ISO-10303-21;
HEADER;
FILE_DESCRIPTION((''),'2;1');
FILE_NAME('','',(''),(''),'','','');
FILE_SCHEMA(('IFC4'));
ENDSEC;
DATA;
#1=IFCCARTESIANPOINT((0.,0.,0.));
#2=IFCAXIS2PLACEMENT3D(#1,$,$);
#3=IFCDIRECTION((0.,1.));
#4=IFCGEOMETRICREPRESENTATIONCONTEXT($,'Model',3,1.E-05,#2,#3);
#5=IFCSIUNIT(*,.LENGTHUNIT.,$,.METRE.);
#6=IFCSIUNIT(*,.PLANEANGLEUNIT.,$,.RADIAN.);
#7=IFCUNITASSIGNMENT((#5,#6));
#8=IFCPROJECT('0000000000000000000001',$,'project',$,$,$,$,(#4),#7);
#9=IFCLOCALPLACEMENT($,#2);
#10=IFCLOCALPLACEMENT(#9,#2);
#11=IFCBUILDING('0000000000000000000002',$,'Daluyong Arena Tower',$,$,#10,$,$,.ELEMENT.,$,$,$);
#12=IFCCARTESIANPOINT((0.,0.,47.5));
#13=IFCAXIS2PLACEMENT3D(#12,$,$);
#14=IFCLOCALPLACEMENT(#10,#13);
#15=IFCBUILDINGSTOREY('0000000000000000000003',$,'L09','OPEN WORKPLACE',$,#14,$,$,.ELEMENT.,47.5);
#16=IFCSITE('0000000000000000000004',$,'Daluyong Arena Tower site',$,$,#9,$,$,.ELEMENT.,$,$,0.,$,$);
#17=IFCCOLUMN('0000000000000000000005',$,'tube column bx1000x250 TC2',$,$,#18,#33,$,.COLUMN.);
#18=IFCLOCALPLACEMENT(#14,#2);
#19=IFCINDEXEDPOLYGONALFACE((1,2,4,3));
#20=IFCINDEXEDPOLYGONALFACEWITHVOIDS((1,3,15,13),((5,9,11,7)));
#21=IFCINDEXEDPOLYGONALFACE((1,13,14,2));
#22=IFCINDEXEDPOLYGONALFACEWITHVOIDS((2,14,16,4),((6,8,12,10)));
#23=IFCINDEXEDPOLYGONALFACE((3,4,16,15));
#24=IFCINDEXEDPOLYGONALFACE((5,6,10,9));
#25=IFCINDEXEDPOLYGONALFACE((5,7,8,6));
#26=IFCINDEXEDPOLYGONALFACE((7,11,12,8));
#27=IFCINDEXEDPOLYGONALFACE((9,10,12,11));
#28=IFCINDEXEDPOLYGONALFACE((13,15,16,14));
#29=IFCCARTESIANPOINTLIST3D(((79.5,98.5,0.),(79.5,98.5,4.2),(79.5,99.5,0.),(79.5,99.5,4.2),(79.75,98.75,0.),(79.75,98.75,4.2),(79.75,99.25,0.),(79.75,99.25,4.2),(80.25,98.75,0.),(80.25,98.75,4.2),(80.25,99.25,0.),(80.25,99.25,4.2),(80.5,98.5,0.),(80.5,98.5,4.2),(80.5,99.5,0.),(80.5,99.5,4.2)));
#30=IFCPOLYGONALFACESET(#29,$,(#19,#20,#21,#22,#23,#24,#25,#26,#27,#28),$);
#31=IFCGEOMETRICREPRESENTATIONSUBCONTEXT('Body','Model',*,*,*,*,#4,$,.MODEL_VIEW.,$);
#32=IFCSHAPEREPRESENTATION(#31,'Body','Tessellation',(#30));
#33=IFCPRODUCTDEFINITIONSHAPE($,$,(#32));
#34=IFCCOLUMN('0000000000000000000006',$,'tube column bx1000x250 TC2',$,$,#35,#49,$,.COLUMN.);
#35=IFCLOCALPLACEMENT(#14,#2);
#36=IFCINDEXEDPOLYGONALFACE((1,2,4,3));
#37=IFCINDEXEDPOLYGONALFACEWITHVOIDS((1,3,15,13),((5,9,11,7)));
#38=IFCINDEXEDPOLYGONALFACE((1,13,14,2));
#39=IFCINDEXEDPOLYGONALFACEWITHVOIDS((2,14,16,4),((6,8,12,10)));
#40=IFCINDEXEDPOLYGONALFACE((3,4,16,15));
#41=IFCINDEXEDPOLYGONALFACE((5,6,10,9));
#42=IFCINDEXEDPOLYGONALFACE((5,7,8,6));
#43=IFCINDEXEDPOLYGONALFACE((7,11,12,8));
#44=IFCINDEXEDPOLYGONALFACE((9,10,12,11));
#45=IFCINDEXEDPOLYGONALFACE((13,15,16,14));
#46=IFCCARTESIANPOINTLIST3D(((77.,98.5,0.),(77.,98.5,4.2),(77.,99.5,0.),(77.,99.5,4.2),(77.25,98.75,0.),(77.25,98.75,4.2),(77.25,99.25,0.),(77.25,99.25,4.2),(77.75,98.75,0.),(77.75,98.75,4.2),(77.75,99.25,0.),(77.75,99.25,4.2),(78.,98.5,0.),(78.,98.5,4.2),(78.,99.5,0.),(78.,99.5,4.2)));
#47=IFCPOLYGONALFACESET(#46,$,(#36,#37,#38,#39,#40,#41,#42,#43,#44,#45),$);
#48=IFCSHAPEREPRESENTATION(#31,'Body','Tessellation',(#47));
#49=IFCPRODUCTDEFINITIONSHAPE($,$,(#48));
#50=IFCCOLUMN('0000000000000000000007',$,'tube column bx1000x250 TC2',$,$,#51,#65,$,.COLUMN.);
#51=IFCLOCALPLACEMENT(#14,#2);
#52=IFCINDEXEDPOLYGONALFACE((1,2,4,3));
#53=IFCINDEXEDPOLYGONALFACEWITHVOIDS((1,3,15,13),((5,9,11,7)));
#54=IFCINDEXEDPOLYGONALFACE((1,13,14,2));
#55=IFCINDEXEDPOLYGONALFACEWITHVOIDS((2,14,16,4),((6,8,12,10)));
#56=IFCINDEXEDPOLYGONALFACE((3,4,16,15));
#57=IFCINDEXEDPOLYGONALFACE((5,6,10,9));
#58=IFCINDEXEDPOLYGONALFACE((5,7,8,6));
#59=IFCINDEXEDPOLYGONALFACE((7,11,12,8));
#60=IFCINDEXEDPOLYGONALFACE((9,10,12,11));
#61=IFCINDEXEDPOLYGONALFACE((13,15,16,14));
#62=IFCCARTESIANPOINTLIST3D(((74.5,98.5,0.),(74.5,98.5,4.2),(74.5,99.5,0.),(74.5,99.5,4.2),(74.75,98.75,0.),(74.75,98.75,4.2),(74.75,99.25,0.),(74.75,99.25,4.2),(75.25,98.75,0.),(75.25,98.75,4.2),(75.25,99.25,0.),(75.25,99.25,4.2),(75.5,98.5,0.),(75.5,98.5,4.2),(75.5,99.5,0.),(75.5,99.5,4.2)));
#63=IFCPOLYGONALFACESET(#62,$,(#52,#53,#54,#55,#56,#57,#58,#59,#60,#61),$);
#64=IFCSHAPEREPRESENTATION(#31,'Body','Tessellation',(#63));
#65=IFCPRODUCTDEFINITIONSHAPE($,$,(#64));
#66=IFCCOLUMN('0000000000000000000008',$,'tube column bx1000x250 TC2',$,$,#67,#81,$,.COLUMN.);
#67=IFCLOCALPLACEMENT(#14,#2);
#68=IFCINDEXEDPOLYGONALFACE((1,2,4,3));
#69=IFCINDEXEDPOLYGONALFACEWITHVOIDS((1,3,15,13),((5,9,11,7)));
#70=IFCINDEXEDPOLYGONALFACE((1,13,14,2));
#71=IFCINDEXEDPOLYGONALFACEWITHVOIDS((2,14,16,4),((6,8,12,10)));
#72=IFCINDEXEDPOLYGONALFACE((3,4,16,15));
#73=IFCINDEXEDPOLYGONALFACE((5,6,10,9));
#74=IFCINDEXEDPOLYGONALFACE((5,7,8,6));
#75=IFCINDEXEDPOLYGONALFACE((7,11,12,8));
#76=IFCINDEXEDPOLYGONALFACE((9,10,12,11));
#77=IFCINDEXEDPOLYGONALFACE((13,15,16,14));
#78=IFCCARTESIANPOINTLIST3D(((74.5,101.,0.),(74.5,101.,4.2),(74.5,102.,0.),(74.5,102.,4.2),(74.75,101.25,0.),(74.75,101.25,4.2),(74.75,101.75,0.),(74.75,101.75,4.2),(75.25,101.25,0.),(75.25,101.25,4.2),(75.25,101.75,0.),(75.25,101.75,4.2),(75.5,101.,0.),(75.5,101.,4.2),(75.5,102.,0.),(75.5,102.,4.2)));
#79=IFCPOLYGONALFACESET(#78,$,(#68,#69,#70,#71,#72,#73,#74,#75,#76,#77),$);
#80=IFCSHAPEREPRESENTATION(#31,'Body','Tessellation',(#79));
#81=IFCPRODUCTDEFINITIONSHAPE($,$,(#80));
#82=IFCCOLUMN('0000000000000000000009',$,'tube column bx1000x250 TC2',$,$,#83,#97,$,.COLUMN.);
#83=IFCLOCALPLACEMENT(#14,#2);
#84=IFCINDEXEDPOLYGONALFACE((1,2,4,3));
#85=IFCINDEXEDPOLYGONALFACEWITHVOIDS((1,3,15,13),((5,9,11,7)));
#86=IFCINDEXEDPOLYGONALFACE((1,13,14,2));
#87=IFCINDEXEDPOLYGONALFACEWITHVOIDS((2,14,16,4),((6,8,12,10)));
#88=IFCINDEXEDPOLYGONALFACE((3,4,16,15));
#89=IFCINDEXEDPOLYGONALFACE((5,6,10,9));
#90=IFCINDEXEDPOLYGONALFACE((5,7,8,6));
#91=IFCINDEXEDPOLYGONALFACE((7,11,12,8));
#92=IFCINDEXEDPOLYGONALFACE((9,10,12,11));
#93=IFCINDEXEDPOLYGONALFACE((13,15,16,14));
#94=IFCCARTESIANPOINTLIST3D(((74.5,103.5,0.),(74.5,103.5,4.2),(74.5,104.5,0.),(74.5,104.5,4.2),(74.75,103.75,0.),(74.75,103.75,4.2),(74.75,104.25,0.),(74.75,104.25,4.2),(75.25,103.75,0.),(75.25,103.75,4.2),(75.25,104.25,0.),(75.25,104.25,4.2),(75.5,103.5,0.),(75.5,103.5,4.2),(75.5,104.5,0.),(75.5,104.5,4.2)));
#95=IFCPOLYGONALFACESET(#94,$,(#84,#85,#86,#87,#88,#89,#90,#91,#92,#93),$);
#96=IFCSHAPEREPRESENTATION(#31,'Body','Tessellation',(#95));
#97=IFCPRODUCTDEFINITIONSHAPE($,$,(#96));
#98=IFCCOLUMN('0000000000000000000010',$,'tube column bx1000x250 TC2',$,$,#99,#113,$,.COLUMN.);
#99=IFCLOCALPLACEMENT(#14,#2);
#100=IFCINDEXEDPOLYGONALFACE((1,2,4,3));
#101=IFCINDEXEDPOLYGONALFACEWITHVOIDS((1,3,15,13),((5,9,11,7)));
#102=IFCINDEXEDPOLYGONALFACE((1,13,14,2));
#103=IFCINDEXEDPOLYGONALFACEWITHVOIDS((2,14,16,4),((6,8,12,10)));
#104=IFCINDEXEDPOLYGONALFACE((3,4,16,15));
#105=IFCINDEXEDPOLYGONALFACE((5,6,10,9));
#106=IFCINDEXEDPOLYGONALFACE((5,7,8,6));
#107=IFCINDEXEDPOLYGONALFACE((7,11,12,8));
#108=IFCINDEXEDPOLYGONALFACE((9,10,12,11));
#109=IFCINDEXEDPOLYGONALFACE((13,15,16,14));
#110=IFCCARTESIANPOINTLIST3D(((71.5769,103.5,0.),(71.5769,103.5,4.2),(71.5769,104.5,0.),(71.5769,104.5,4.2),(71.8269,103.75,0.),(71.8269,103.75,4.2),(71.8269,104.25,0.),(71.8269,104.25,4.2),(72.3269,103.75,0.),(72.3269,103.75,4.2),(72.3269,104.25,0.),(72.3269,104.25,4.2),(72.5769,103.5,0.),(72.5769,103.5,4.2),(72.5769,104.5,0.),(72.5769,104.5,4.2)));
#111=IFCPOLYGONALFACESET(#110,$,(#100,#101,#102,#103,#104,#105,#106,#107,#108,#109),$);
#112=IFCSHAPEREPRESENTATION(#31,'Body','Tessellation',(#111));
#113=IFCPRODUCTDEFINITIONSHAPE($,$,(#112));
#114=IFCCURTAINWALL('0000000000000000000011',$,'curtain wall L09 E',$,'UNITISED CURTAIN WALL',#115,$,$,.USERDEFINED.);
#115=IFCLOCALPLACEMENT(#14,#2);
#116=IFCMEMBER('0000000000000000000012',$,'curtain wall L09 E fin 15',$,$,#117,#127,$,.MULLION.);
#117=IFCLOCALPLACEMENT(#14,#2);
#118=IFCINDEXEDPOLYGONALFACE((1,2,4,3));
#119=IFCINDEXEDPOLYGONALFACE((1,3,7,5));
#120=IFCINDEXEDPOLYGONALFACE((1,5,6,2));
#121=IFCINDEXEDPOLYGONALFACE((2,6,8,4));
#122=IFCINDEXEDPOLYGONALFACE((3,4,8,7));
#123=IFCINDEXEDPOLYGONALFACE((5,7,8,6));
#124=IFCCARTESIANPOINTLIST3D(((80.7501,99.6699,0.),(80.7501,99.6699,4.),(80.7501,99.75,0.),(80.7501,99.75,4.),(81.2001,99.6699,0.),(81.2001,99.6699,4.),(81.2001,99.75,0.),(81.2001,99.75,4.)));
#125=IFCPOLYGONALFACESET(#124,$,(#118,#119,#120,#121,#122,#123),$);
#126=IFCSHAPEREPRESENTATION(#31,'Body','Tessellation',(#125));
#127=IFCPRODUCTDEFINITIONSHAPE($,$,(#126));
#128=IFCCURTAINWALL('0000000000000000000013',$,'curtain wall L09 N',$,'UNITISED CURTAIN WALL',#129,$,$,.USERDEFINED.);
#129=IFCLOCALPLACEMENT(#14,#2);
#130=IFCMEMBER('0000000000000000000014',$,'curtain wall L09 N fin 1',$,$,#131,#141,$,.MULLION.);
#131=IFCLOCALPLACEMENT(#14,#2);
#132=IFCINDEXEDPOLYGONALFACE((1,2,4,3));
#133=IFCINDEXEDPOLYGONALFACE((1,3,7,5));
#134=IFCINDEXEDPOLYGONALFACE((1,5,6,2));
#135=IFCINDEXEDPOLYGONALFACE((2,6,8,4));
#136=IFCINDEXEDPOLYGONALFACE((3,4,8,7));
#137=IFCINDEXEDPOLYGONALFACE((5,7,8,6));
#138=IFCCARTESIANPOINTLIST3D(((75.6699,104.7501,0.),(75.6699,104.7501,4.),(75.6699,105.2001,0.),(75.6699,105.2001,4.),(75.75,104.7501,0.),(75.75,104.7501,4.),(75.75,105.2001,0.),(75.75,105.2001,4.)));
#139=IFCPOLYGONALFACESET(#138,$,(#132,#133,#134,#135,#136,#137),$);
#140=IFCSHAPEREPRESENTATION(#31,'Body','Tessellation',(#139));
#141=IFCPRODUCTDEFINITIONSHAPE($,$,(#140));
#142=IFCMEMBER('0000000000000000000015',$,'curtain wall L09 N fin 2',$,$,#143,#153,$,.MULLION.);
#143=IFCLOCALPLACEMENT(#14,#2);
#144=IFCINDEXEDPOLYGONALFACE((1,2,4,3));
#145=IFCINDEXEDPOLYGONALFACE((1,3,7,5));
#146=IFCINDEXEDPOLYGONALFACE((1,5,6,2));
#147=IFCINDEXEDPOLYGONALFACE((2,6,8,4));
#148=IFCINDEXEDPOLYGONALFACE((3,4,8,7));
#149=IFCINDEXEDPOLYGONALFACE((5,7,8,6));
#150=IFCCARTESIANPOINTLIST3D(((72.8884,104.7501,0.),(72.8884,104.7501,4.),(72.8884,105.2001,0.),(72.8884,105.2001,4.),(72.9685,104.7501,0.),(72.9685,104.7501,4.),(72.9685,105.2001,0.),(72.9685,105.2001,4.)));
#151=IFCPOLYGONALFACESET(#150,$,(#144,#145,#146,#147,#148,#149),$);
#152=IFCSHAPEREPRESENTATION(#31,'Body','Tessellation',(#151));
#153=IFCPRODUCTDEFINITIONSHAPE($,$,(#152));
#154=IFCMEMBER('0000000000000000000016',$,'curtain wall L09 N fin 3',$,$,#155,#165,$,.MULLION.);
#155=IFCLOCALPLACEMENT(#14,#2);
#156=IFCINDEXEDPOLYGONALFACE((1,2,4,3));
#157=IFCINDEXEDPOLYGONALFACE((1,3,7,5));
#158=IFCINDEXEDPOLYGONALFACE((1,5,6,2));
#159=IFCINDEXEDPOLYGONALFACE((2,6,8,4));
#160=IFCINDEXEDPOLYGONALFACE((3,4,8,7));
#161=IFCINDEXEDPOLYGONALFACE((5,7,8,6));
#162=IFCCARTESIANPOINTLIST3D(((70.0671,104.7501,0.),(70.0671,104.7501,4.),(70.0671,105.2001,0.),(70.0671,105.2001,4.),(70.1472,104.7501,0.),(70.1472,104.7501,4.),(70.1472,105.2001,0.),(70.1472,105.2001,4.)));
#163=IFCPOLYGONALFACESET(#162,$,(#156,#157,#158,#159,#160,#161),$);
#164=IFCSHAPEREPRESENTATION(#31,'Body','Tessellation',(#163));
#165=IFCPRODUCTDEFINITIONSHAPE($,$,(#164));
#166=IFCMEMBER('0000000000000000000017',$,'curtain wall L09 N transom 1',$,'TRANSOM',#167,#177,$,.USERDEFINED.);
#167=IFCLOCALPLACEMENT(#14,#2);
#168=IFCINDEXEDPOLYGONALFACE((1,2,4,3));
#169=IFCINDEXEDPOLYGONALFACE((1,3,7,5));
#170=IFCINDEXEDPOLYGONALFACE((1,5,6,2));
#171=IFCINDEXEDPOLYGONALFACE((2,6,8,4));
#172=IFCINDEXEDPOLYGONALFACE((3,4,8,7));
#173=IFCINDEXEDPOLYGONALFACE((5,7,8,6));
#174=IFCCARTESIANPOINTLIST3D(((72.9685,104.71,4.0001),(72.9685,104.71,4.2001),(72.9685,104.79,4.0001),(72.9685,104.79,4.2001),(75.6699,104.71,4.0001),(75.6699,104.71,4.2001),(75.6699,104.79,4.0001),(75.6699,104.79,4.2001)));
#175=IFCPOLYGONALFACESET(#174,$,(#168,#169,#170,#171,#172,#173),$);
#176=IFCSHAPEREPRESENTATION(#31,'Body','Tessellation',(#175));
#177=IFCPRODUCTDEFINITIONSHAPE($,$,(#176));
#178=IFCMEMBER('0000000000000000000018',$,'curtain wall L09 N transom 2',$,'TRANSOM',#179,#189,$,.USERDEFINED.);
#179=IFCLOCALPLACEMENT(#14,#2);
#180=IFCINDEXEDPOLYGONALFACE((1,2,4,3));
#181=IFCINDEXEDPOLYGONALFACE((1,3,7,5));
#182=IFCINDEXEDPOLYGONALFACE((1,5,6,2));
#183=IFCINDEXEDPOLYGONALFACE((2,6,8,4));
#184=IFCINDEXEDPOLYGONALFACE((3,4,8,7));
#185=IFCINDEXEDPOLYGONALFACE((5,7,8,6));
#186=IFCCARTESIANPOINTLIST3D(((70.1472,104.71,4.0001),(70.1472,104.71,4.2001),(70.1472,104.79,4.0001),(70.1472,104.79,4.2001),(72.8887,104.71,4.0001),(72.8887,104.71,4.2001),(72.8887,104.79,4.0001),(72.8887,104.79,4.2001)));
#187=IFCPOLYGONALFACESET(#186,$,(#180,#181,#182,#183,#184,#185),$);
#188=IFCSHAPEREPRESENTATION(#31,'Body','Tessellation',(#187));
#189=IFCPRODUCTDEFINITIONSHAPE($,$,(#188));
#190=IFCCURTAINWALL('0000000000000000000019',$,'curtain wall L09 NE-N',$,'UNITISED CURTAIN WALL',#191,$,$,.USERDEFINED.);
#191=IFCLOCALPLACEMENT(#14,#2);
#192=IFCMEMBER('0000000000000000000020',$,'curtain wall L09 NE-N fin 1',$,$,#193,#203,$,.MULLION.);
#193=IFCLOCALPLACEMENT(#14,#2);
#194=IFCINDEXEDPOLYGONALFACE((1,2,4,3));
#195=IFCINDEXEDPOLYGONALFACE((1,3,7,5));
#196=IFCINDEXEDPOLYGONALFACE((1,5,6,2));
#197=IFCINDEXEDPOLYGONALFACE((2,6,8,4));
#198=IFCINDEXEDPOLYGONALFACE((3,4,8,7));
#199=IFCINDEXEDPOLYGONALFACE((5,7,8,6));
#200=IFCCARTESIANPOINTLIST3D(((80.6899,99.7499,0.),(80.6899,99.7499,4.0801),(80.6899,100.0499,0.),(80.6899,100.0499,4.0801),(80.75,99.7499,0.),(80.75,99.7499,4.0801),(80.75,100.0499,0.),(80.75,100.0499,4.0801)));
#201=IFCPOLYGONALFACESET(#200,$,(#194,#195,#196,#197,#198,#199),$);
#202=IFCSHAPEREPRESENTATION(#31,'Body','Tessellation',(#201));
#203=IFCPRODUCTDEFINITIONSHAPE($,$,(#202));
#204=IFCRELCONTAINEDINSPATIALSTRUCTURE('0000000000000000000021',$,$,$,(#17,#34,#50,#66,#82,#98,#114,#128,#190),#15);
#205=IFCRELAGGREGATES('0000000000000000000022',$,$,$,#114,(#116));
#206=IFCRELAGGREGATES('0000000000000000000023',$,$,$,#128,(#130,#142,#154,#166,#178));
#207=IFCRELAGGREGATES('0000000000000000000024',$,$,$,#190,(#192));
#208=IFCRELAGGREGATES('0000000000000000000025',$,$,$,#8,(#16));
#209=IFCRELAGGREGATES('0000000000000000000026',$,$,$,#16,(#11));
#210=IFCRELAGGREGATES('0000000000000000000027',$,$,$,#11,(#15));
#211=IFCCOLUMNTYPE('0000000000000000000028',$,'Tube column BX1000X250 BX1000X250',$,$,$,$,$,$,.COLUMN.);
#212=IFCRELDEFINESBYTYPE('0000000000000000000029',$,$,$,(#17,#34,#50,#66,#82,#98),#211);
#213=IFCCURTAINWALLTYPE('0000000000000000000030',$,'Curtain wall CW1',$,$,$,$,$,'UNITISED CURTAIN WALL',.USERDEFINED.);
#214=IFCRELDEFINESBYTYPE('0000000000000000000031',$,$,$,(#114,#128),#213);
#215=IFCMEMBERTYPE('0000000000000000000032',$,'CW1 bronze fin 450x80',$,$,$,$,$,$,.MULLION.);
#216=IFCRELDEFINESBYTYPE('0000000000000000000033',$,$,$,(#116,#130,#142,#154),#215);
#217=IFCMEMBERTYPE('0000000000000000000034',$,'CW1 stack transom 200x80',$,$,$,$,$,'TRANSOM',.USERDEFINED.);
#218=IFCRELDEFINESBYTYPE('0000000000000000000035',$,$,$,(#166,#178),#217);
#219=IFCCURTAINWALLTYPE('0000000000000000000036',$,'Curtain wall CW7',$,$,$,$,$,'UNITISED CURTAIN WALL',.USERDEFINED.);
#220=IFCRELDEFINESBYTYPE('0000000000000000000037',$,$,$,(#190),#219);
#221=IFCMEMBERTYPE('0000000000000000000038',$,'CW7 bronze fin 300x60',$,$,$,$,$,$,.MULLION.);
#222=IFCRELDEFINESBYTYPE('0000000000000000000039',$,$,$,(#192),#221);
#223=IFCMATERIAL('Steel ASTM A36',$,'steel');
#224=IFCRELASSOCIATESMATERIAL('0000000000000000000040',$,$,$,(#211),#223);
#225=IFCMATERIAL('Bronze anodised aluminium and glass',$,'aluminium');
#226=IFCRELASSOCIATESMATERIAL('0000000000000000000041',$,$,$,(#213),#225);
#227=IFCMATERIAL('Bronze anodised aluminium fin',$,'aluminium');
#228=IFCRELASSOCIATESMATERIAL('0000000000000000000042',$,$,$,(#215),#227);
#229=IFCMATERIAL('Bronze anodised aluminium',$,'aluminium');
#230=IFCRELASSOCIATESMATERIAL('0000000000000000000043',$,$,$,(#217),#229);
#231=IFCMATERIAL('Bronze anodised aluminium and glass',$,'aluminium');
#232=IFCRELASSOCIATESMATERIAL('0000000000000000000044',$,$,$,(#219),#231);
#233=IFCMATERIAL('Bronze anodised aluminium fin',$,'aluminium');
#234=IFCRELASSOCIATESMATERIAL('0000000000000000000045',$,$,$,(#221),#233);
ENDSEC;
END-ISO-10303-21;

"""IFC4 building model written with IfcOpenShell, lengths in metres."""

from ifc_helpers import new_model, si_unit, direction, frame, origin, origin_2d, place, context, subcontext, project, spatial, rectangle, hollow_rectangle, extrude, material, material_profile, profile_set, type_object, element, aggregate, save


model = new_model("IFC4")

# Units and contexts
model_context = context("Model", 3, precision=1e-05, world=origin(), true_north=direction((0.0, 1.0)))
body_context = subcontext(model_context, "Body", "Model", "MODEL_VIEW")
ifc_project = project(units=[si_unit("LENGTHUNIT", "METRE"), si_unit("PLANEANGLEUNIT", "RADIAN")], contexts=[model_context])

# Site, building, storey
site_placement = place(None, origin())
site = spatial("IfcSite", under=ifc_project, at=site_placement, Name="Daluyong Arena Tower site", CompositionType="ELEMENT", RefElevation=0.0)
building_placement = place(site_placement, origin())
building = spatial("IfcBuilding", under=site, at=building_placement, Name="Daluyong Arena Tower", CompositionType="ELEMENT")
storey_placement = place(building_placement, frame((0.0, 0.0, 47.5)))
storey = spatial("IfcBuildingStorey", under=building, at=storey_placement, Name="L09", Description="OPEN WORKPLACE", CompositionType="ELEMENT", Elevation=47.5)

# Columns
ifc_material_1 = material(Name="Steel ASTM A36", Category="steel")
ifc_material_profile_1 = material_profile(ifc_material_1, hollow_rectangle(XDim=1.0, YDim=1.0, WallThickness=0.25, at=origin_2d()))
ifc_profile_set_1 = profile_set([ifc_material_profile_1], Name="Steel ASTM A36")
column_type = type_object("IfcColumnType", Name="Tube column BX1000X250 BX1000X250", PredefinedType="COLUMN", material=ifc_profile_set_1)
for number, where, z_axis, x_axis, name in (
    (1, (80.0, 99.0, 0.0), (0.0, 0.0, 1.0), (1.0, 0.0, 0.0), "tube column bx1000x250 TC2"),
    (2, (77.5, 99.0, 0.0), (0.0, 0.0, 1.0), (1.0, 0.0, 0.0), "tube column bx1000x250 TC2"),
    (3, (75.0, 99.0, 0.0), (0.0, 0.0, 1.0), (0.0, 1.0, 0.0), "tube column bx1000x250 TC2"),
    (4, (75.0, 101.5, 0.0), (0.0, 0.0, 1.0), (0.0, 1.0, 0.0), "tube column bx1000x250 TC2"),
    (5, (75.0, 104.0, 0.0), (0.0, 0.0, 1.0), (1.0, 0.0, 0.0), "tube column bx1000x250 TC2"),
    (6, (72.0769, 104.0, 0.0), (0.0, 0.0, 1.0), (1.0, 0.0, 0.0), "tube column bx1000x250 TC2"),
):
    element("IfcColumn", number, at=place(storey_placement, frame(where, z_axis=z_axis, x_axis=x_axis)), inside=storey, type_object=column_type, Name=name, PredefinedType="COLUMN", context=body_context, shape_type="SweptSolid", body=[
        extrude(hollow_rectangle(XDim=1.0, YDim=1.0, WallThickness=0.25, at=origin_2d()), origin(), (0.0, 0.0, 1.0), 4.2),
    ])

# Curtain wall, member
ifc_material_2 = material(Name="Bronze anodised aluminium and glass", Category="aluminium")
curtain_wall_type_1 = type_object("IfcCurtainWallType", Name="Curtain wall CW1", ElementType="UNITISED CURTAIN WALL", PredefinedType="USERDEFINED", material=ifc_material_2)
curtain_wall_1_placement = place(storey_placement, origin())
curtain_wall_1 = element("IfcCurtainWall", 7, at=curtain_wall_1_placement, inside=storey, type_object=curtain_wall_type_1, Name="curtain wall L09 E", ObjectType="UNITISED CURTAIN WALL", PredefinedType="USERDEFINED")
ifc_material_3 = material(Name="Bronze anodised aluminium fin", Category="aluminium")
ifc_material_profile_2 = material_profile(ifc_material_3, rectangle(XDim=0.45, YDim=0.0801, at=origin_2d()))
ifc_profile_set_2 = profile_set([ifc_material_profile_2], Name="Bronze anodised aluminium fin")
member_type_1 = type_object("IfcMemberType", Name="CW1 bronze fin 450x80", PredefinedType="MULLION", material=ifc_profile_set_2)
member_1_placement = place(storey_placement, frame((80.9751, 99.71, 0.0), z_axis=(0.0, 0.0, 1.0), x_axis=(-1.0, 0.0, 0.0)))
member_1 = element("IfcMember", 8, at=member_1_placement, type_object=member_type_1, Name="curtain wall L09 E fin 15", PredefinedType="MULLION", context=body_context, shape_type="SweptSolid", body=[
    extrude(rectangle(XDim=0.45, YDim=0.0801, at=origin_2d()), origin(), (0.0, 0.0, 1.0), 4.0),
])
aggregate(curtain_wall_1, [member_1])

# Curtain walls, members
curtain_wall_2_placement = place(storey_placement, origin())
curtain_wall_2 = element("IfcCurtainWall", 9, at=curtain_wall_2_placement, inside=storey, type_object=curtain_wall_type_1, Name="curtain wall L09 N", ObjectType="UNITISED CURTAIN WALL", PredefinedType="USERDEFINED")
member_2_placement = place(storey_placement, frame((75.71, 104.9751, 0.0), z_axis=(0.0, 0.0, 1.0), x_axis=(0.0, -1.0, 0.0)))
member_2 = element("IfcMember", 10, at=member_2_placement, type_object=member_type_1, Name="curtain wall L09 N fin 1", PredefinedType="MULLION", context=body_context, shape_type="SweptSolid", body=[
    extrude(rectangle(XDim=0.45, YDim=0.0801, at=origin_2d()), origin(), (0.0, 0.0, 1.0), 4.0),
])
member_3_placement = place(storey_placement, frame((72.9285, 104.9751, 0.0), z_axis=(0.0, 0.0, 1.0), x_axis=(0.0, -1.0, 0.0)))
member_3 = element("IfcMember", 11, at=member_3_placement, type_object=member_type_1, Name="curtain wall L09 N fin 2", PredefinedType="MULLION", context=body_context, shape_type="SweptSolid", body=[
    extrude(rectangle(XDim=0.45, YDim=0.0801, at=origin_2d()), origin(), (0.0, 0.0, 1.0), 4.0),
])
member_4_placement = place(storey_placement, frame((70.1072, 104.9751, 0.0), z_axis=(0.0, 0.0, 1.0), x_axis=(0.0, -1.0, 0.0)))
member_4 = element("IfcMember", 12, at=member_4_placement, type_object=member_type_1, Name="curtain wall L09 N fin 3", PredefinedType="MULLION", context=body_context, shape_type="SweptSolid", body=[
    extrude(rectangle(XDim=0.45, YDim=0.0801, at=origin_2d()), origin(), (0.0, 0.0, 1.0), 4.0),
])
ifc_material_4 = material(Name="Bronze anodised aluminium", Category="aluminium")
ifc_material_profile_3 = material_profile(ifc_material_4, rectangle(XDim=0.0801, YDim=0.2, at=origin_2d()))
ifc_profile_set_3 = profile_set([ifc_material_profile_3], Name="Bronze anodised aluminium")
member_type_2 = type_object("IfcMemberType", Name="CW1 stack transom 200x80", ElementType="TRANSOM", PredefinedType="USERDEFINED", material=ifc_profile_set_3)
member_5_placement = place(storey_placement, frame((75.6699, 104.75, 4.1001), z_axis=(-1.0, 0.0, 0.0), x_axis=(0.0, -1.0, 0.0)))
member_5 = element("IfcMember", 13, at=member_5_placement, type_object=member_type_2, Name="curtain wall L09 N transom 1", ObjectType="TRANSOM", PredefinedType="USERDEFINED", context=body_context, shape_type="SweptSolid", body=[
    extrude(rectangle(XDim=0.0801, YDim=0.2, at=origin_2d()), origin(), (0.0, 0.0, 1.0), 2.7014),
])
member_6_placement = place(storey_placement, frame((72.8887, 104.75, 4.1001), z_axis=(-1.0, 0.0, 0.0), x_axis=(0.0, -1.0, 0.0)))
member_6 = element("IfcMember", 14, at=member_6_placement, type_object=member_type_2, Name="curtain wall L09 N transom 2", ObjectType="TRANSOM", PredefinedType="USERDEFINED", context=body_context, shape_type="SweptSolid", body=[
    extrude(rectangle(XDim=0.0801, YDim=0.2, at=origin_2d()), origin(), (0.0, 0.0, 1.0), 2.7415),
])
ifc_material_5 = material(Name="Bronze anodised aluminium and glass", Category="aluminium")
curtain_wall_type_2 = type_object("IfcCurtainWallType", Name="Curtain wall CW7", ElementType="UNITISED CURTAIN WALL", PredefinedType="USERDEFINED", material=ifc_material_5)
curtain_wall_3_placement = place(storey_placement, origin())
curtain_wall_3 = element("IfcCurtainWall", 15, at=curtain_wall_3_placement, inside=storey, type_object=curtain_wall_type_2, Name="curtain wall L09 NE-N", ObjectType="UNITISED CURTAIN WALL", PredefinedType="USERDEFINED")
ifc_material_6 = material(Name="Bronze anodised aluminium fin", Category="aluminium")
ifc_material_profile_4 = material_profile(ifc_material_6, rectangle(XDim=0.3, YDim=0.0601, at=origin_2d()))
ifc_profile_set_4 = profile_set([ifc_material_profile_4], Name="Bronze anodised aluminium fin")
member_type_3 = type_object("IfcMemberType", Name="CW7 bronze fin 300x60", PredefinedType="MULLION", material=ifc_profile_set_4)
member_7_placement = place(storey_placement, frame((80.72, 99.8999, 0.0), z_axis=(0.0, 0.0, 1.0), x_axis=(0.0, -1.0, 0.0)))
member_7 = element("IfcMember", 16, at=member_7_placement, type_object=member_type_3, Name="curtain wall L09 NE-N fin 1", PredefinedType="MULLION", context=body_context, shape_type="SweptSolid", body=[
    extrude(rectangle(XDim=0.3, YDim=0.0601, at=origin_2d()), origin(), (0.0, 0.0, 1.0), 4.0801),
])

aggregate(curtain_wall_2, [member_2, member_3, member_4, member_5, member_6])
aggregate(curtain_wall_3, [member_7])

save(model, "model.ifc")
